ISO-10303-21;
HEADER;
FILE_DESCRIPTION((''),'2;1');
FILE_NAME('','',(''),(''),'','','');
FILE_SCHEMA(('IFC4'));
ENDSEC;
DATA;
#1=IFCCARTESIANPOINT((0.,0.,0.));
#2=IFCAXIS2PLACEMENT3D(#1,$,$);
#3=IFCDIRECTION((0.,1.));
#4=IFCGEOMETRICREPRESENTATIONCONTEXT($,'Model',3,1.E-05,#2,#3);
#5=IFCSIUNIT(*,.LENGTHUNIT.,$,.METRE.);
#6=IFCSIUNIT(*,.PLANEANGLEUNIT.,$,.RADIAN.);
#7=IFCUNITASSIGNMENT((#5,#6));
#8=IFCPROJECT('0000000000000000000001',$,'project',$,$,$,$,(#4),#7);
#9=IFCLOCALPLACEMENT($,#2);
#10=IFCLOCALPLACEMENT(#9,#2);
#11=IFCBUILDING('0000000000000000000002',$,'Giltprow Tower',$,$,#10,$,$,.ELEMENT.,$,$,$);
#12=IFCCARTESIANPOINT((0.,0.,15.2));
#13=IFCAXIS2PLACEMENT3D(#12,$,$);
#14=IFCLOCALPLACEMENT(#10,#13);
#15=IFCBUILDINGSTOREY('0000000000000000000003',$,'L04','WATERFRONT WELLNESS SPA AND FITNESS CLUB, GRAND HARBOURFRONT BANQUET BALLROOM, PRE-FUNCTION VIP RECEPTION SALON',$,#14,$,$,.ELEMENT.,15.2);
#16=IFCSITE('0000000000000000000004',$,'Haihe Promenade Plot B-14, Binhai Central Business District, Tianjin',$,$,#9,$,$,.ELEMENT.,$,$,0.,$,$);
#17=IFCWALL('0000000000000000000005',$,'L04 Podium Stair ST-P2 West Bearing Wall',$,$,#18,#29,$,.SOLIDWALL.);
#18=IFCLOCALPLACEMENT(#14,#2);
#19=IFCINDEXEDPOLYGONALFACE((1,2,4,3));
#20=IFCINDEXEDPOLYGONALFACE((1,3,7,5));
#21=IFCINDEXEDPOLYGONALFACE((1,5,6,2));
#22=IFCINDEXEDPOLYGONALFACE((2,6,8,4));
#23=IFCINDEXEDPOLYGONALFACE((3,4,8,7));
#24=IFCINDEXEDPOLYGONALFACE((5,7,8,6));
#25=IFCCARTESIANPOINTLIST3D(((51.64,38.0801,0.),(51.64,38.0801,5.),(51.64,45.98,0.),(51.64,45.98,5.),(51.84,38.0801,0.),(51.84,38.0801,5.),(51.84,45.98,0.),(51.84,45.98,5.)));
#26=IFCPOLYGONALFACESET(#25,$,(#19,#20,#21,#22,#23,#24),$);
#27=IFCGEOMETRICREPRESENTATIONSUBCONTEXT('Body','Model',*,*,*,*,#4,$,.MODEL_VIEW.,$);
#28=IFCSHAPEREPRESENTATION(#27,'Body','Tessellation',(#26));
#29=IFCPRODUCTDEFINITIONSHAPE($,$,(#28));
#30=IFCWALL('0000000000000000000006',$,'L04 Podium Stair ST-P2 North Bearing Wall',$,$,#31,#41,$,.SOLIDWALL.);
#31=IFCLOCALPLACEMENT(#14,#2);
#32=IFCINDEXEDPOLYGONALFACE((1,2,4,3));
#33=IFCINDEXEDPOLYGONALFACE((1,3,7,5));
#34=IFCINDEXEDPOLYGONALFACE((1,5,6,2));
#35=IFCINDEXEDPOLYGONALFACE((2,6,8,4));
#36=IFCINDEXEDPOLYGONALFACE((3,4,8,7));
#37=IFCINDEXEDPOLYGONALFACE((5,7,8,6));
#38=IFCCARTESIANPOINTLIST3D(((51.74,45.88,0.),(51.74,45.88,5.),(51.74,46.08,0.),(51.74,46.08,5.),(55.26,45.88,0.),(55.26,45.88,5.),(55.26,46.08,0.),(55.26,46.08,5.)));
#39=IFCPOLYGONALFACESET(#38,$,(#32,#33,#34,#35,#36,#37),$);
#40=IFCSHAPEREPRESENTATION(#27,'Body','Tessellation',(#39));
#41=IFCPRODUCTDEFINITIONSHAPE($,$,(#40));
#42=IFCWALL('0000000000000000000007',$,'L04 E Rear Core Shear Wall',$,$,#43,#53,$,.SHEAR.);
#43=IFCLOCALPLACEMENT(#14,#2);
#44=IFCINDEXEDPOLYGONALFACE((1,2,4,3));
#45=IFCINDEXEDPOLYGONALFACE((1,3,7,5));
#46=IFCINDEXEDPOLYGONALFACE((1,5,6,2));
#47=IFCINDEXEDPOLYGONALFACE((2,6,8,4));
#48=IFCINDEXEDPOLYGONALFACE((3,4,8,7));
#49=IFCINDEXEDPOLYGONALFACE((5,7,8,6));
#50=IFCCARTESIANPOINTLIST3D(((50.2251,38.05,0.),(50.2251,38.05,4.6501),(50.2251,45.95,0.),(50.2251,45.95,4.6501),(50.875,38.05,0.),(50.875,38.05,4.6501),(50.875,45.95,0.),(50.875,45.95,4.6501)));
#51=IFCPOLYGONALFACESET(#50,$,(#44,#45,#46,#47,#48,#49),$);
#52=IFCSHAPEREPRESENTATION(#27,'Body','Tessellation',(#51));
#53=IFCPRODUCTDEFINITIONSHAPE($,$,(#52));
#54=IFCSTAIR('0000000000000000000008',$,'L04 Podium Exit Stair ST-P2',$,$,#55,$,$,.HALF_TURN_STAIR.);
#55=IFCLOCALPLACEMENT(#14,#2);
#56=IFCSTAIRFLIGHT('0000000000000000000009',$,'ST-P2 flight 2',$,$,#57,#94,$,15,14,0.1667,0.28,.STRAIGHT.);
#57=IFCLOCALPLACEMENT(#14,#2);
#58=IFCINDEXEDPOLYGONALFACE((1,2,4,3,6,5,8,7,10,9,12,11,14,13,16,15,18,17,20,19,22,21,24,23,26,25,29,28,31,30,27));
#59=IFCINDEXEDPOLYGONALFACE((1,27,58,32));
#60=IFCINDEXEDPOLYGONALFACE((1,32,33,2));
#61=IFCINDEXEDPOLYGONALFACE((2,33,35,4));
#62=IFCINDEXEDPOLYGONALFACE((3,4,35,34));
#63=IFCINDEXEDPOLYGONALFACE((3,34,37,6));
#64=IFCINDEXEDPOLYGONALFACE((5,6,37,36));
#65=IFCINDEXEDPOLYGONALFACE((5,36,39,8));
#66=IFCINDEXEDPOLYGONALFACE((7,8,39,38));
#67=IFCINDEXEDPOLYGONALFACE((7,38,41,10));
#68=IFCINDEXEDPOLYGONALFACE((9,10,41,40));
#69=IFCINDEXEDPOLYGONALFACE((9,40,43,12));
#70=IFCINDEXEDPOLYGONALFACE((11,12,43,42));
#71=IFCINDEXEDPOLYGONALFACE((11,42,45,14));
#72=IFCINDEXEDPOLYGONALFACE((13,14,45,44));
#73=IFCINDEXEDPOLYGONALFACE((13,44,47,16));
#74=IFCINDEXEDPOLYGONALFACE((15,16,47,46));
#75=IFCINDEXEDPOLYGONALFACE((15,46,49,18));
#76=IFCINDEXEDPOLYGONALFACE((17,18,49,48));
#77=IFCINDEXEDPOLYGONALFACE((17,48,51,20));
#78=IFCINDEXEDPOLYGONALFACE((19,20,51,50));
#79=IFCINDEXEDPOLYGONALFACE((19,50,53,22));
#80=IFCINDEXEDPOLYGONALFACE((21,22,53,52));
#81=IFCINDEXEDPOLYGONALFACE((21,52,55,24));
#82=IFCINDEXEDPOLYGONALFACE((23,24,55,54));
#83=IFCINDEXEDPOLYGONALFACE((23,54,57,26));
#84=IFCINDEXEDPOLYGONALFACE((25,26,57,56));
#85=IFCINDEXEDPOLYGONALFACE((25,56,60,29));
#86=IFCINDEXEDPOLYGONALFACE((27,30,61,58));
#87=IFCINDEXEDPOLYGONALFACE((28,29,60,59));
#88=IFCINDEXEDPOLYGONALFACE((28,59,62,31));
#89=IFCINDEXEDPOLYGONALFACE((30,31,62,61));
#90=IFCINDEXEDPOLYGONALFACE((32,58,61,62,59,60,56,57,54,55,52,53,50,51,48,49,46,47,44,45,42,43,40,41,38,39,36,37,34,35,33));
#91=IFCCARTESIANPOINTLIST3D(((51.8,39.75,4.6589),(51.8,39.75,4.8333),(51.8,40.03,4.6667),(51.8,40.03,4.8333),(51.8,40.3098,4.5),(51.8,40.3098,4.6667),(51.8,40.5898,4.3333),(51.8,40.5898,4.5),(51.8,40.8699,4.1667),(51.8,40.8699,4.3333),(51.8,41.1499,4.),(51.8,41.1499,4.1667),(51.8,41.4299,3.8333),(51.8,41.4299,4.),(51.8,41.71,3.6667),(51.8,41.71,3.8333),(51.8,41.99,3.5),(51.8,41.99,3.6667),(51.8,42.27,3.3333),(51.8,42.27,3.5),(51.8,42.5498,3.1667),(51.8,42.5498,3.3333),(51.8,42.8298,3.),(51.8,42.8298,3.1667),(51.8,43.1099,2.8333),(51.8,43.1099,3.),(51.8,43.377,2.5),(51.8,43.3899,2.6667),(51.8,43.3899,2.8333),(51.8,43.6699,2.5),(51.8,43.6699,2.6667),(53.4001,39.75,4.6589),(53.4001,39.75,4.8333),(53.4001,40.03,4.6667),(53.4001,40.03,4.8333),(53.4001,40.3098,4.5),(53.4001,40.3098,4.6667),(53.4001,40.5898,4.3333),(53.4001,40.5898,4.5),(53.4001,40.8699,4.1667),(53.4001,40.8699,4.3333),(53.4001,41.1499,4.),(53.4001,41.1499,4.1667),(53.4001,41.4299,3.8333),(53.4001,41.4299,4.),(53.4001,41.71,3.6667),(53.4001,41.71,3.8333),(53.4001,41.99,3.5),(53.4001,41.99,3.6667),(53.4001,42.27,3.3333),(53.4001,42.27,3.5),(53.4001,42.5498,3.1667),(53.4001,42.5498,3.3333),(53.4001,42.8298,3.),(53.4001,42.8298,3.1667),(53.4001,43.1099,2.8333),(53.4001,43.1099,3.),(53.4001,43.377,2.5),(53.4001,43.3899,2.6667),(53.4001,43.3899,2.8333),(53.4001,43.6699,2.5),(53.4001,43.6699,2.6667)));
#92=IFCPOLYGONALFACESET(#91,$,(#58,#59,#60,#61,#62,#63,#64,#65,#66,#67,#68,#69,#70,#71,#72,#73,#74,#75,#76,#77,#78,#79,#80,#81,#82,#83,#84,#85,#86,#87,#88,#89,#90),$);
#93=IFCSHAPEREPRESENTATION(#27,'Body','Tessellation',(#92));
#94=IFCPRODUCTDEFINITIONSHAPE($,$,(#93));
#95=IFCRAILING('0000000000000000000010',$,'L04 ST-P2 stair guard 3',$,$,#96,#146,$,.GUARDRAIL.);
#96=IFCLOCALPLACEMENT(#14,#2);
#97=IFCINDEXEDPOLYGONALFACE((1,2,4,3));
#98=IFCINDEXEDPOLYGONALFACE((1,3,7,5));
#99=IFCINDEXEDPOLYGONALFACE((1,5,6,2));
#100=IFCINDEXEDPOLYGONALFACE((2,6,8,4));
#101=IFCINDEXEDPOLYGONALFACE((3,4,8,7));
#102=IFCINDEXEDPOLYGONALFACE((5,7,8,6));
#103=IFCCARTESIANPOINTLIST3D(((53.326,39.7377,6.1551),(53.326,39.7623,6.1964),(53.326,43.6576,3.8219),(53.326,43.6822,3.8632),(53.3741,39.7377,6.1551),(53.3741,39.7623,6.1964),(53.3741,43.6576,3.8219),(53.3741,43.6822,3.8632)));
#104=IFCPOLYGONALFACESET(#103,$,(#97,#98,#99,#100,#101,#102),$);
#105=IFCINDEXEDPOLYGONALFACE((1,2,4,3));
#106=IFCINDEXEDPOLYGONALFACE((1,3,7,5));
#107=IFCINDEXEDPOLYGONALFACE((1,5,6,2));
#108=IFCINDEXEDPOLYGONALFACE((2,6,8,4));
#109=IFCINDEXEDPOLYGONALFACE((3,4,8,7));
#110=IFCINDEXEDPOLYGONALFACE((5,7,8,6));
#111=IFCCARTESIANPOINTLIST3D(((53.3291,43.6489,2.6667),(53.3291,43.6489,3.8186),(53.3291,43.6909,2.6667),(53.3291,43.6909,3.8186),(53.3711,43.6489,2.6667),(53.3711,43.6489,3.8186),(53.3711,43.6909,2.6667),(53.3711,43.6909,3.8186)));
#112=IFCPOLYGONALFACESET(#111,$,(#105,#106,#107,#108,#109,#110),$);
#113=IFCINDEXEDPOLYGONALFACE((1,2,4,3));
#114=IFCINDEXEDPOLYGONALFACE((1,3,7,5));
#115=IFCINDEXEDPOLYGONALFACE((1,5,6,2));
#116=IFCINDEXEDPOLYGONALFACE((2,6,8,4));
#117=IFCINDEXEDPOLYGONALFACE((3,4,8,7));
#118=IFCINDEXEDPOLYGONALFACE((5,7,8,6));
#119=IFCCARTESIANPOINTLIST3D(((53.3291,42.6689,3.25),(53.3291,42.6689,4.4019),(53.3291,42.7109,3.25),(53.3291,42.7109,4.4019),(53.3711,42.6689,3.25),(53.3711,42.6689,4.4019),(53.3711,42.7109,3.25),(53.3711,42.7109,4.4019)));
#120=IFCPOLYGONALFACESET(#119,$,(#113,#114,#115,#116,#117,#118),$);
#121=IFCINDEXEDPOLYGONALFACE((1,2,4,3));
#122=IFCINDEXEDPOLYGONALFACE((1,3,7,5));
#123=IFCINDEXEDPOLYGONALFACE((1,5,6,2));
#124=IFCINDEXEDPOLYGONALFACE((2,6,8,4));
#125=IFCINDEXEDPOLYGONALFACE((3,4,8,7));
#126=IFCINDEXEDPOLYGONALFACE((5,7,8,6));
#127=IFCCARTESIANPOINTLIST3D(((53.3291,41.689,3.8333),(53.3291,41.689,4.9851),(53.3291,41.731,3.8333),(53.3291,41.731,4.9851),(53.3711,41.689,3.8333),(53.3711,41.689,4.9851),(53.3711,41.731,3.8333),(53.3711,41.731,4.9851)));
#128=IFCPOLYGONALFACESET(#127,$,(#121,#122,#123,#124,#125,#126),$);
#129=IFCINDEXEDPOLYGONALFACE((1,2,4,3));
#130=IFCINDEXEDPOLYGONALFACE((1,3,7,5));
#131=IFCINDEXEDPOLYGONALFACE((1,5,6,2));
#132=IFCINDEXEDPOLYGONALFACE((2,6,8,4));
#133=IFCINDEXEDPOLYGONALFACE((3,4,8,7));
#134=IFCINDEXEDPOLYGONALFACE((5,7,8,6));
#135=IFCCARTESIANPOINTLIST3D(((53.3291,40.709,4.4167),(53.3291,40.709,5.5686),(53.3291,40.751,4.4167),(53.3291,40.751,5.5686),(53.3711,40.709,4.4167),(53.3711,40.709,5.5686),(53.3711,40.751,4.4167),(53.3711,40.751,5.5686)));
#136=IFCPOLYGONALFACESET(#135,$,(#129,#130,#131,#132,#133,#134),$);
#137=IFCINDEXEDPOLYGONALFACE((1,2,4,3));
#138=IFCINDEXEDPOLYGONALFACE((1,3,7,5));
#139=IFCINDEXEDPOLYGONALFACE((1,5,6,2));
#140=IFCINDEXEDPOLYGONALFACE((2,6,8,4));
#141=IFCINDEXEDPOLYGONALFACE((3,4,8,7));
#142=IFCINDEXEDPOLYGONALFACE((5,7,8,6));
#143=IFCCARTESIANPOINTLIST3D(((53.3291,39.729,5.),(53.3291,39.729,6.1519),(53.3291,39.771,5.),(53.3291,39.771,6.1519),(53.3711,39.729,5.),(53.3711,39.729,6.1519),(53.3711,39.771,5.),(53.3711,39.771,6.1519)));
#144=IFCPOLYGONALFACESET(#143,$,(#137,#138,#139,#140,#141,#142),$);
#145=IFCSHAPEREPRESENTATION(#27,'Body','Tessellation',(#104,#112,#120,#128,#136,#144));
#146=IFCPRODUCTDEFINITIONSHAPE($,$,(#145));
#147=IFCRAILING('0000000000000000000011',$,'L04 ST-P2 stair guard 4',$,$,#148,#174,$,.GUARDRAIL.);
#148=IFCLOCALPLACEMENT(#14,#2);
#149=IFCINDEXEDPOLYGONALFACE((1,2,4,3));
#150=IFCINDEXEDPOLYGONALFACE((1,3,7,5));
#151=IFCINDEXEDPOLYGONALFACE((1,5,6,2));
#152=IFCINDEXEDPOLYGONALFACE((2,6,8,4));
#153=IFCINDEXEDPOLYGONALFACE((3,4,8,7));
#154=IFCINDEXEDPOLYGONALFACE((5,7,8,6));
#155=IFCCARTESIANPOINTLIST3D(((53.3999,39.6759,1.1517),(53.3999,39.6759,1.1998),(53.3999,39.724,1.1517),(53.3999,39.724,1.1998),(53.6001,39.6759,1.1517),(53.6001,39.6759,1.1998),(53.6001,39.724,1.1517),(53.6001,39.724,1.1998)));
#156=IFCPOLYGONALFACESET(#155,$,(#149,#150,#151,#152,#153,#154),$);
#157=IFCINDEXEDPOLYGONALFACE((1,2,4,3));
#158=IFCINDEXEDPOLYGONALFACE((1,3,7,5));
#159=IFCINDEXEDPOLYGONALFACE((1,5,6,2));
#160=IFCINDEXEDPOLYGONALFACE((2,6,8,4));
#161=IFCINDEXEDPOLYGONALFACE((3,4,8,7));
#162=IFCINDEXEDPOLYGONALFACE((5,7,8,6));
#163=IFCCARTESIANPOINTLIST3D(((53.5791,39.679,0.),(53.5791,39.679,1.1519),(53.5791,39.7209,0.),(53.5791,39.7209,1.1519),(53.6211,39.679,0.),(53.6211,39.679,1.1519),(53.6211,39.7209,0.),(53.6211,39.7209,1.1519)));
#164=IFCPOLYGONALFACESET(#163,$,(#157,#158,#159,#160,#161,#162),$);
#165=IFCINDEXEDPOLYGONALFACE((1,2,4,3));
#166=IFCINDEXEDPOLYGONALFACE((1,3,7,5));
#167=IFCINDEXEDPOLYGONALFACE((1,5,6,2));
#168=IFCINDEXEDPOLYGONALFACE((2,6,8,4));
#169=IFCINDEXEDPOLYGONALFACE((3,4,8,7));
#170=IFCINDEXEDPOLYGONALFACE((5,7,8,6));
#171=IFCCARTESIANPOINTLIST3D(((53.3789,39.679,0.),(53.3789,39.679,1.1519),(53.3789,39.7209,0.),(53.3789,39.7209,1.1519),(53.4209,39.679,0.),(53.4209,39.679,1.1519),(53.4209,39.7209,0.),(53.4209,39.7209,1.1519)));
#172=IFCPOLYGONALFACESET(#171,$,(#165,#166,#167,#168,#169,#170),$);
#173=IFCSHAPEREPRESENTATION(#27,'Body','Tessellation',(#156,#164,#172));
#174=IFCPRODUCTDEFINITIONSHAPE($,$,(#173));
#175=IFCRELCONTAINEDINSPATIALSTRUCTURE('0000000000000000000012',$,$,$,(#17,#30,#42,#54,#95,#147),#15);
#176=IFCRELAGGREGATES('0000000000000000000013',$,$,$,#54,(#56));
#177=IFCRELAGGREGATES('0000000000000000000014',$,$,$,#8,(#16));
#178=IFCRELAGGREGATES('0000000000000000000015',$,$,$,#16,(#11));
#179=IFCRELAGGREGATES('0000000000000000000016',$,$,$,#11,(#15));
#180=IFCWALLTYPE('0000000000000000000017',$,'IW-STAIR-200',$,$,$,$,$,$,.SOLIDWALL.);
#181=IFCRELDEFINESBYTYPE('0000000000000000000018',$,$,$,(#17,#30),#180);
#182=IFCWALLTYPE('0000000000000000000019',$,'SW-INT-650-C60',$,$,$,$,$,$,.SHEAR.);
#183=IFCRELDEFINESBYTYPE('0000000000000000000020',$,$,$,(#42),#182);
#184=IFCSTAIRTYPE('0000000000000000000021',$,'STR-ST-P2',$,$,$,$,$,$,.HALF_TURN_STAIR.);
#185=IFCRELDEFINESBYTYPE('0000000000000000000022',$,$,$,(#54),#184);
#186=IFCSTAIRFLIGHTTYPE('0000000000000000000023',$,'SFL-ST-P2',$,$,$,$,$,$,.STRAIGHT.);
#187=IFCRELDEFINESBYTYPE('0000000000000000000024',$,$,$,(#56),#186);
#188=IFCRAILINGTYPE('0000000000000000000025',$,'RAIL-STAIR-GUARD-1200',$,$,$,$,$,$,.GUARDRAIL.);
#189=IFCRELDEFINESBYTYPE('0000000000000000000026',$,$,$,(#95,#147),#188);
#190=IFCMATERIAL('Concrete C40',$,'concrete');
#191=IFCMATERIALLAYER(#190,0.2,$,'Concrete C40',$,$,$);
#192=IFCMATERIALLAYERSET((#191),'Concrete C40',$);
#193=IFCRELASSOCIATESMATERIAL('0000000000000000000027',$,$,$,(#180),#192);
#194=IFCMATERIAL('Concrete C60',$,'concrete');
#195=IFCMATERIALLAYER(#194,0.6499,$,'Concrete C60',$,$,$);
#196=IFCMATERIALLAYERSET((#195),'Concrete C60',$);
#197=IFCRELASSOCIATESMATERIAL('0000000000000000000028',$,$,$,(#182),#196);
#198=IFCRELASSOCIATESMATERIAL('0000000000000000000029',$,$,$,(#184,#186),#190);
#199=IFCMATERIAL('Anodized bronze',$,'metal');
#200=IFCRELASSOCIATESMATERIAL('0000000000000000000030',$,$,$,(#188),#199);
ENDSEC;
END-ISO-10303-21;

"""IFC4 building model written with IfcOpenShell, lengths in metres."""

from ifc_helpers import new_model, si_unit, direction, frame, frame_2d, origin, origin_2d, place, context, subcontext, project, spatial, polyline, rectangle, outline, extrude, material, layer, layer_set, type_object, element, aggregate, save


model = new_model("IFC4")

# Units and contexts
model_context = context("Model", 3, precision=1e-05, world=origin(), true_north=direction((0.0, 1.0)))
body_context = subcontext(model_context, "Body", "Model", "MODEL_VIEW")
ifc_project = project(units=[si_unit("LENGTHUNIT", "METRE"), si_unit("PLANEANGLEUNIT", "RADIAN")], contexts=[model_context])

# Site, building, storey
site_placement = place(None, origin())
site = spatial("IfcSite", under=ifc_project, at=site_placement, Name="Haihe Promenade Plot B-14, Binhai Central Business District, Tianjin", CompositionType="ELEMENT", RefElevation=0.0)
building_placement = place(site_placement, origin())
building = spatial("IfcBuilding", under=site, at=building_placement, Name="Giltprow Tower", CompositionType="ELEMENT")
storey_placement = place(building_placement, frame((0.0, 0.0, 15.2)))
storey = spatial("IfcBuildingStorey", under=building, at=storey_placement, Name="L04", Description="WATERFRONT WELLNESS SPA AND FITNESS CLUB, GRAND HARBOURFRONT BANQUET BALLROOM, PRE-FUNCTION VIP RECEPTION SALON", CompositionType="ELEMENT", Elevation=15.2)

# Shared definitions
ifc_material_1 = material(Name="Concrete C60", Category="concrete")

# Shared definitions
ifc_material_2 = material(Name="Concrete C40", Category="concrete")

# Walls
ifc_layer_1 = layer(ifc_material_2, 0.2, Name="Concrete C40")
ifc_layer_set_1 = layer_set([ifc_layer_1], Name="Concrete C40")
wall_type_1 = type_object("IfcWallType", Name="IW-STAIR-200", PredefinedType="SOLIDWALL", material=ifc_layer_set_1)
wall_1_placement = place(storey_placement, frame((51.74, 38.0801, 0.0), z_axis=(0.0, 0.0, 1.0), x_axis=(0.0, 1.0, 0.0)))
element("IfcWall", 1, at=wall_1_placement, inside=storey, type_object=wall_type_1, Name="L04 Podium Stair ST-P2 West Bearing Wall", PredefinedType="SOLIDWALL", context=body_context, shape_type="SweptSolid", body=[
    extrude(rectangle(XDim=7.8999, YDim=0.2, at=frame_2d((3.95, 0.0))), origin(), (0.0, 0.0, 1.0), 5.0),
])
wall_2_placement = place(storey_placement, frame((51.74, 45.98, 0.0), z_axis=(0.0, 0.0, 1.0), x_axis=(1.0, 0.0, 0.0)))
element("IfcWall", 2, at=wall_2_placement, inside=storey, type_object=wall_type_1, Name="L04 Podium Stair ST-P2 North Bearing Wall", PredefinedType="SOLIDWALL", context=body_context, shape_type="SweptSolid", body=[
    extrude(rectangle(XDim=3.52, YDim=0.2, at=frame_2d((1.76, 0.0))), origin(), (0.0, 0.0, 1.0), 5.0),
])

# Wall
ifc_layer_2 = layer(ifc_material_1, 0.6499, Name="Concrete C60")
ifc_layer_set_2 = layer_set([ifc_layer_2], Name="Concrete C60")
wall_type_2 = type_object("IfcWallType", Name="SW-INT-650-C60", PredefinedType="SHEAR", material=ifc_layer_set_2)
wall_3_placement = place(storey_placement, frame((50.55, 38.05, 0.0), z_axis=(0.0, 0.0, 1.0), x_axis=(0.0, 1.0, 0.0)))
element("IfcWall", 3, at=wall_3_placement, inside=storey, type_object=wall_type_2, Name="L04 E Rear Core Shear Wall", PredefinedType="SHEAR", context=body_context, shape_type="SweptSolid", body=[
    extrude(rectangle(XDim=7.8999, YDim=0.6499, at=frame_2d((3.95, 0.0))), origin(), (0.0, 0.0, 1.0), 4.6501),
])

# Stair, stair flight
stair_type = type_object("IfcStairType", Name="STR-ST-P2", PredefinedType="HALF_TURN_STAIR", material=ifc_material_2)
stair_placement = place(storey_placement, origin())
stair = element("IfcStair", 4, at=stair_placement, inside=storey, type_object=stair_type, Name="L04 Podium Exit Stair ST-P2", PredefinedType="HALF_TURN_STAIR")
stair_flight_type = type_object("IfcStairFlightType", Name="SFL-ST-P2", PredefinedType="STRAIGHT", material=ifc_material_2)
stair_flight_placement = place(storey_placement, frame((52.6001, 43.6699, 2.5), z_axis=(0.0, 0.0, 1.0), x_axis=(0.0, -1.0, 0.0)))
stair_flight = element("IfcStairFlight", 5, at=stair_flight_placement, type_object=stair_flight_type, Name="ST-P2 flight 2", NumberOfRisers=15, NumberOfTreads=14, PredefinedType="STRAIGHT", RiserHeight=0.1667, TreadLength=0.28, context=body_context, shape_type="SweptSolid", body=[
    extrude(outline(polyline([(0.0, 0.0), (0.0, 0.1667), (0.28, 0.1667), (0.28, 0.3333), (0.5601, 0.3333), (0.5601, 0.5), (0.8401, 0.5), (0.8401, 0.6667), (1.1201, 0.6667), (1.1201, 0.8333), (1.3999, 0.8333), (1.3999, 1.0), (1.6799, 1.0), (1.6799, 1.1667), (1.96, 1.1667), (1.96, 1.3333), (2.24, 1.3333), (2.24, 1.5), (2.52, 1.5), (2.52, 1.6667), (2.8, 1.6667), (2.8, 1.8333), (3.0801, 1.8333), (3.0801, 2.0), (3.3601, 2.0), (3.3601, 2.1667), (3.6399, 2.1667), (3.6399, 2.3333), (3.9199, 2.3333), (3.9199, 2.5), (3.9199, 2.1589), (0.293, 0.0), (0.0, 0.0)])), frame((0.0, 0.8, 0.0), z_axis=(0.0, -1.0, 0.0), x_axis=(1.0, 0.0, 0.0)), (0.0, 0.0, 1.0), 1.6001),
])
aggregate(stair, [stair_flight])

# Railings
ifc_material_3 = material(Name="Anodized bronze", Category="metal")
railing_type_1 = type_object("IfcRailingType", Name="RAIL-STAIR-GUARD-1200", PredefinedType="GUARDRAIL", material=ifc_material_3)
railing_1_placement = place(storey_placement, frame((53.3501, 43.6699, 2.6667)))
element("IfcRailing", 6, at=railing_1_placement, inside=storey, type_object=railing_type_1, Name="L04 ST-P2 stair guard 3", PredefinedType="GUARDRAIL", context=body_context, shape_type="SweptSolid", body=[
    extrude(rectangle(XDim=0.0481, YDim=0.0481, at=origin_2d()), frame((0.0, 0.0, 1.1758), z_axis=(0.0, -0.859296, 0.511478), x_axis=(1.0, 0.0, 0.0)), (0.0, 0.0, 1.0), 4.5618),
    extrude(rectangle(XDim=0.042, YDim=0.042, at=origin_2d()), origin(), (0.0, 0.0, 1.0), 1.1519),
    extrude(rectangle(XDim=0.042, YDim=0.042, at=origin_2d()), frame((0.0, -0.98, 0.5833)), (0.0, 0.0, 1.0), 1.1519),
    extrude(rectangle(XDim=0.042, YDim=0.042, at=origin_2d()), frame((0.0, -1.96, 1.1665)), (0.0, 0.0, 1.0), 1.1519),
    extrude(rectangle(XDim=0.042, YDim=0.042, at=origin_2d()), frame((0.0, -2.9399, 1.75)), (0.0, 0.0, 1.0), 1.1519),
    extrude(rectangle(XDim=0.042, YDim=0.042, at=origin_2d()), frame((0.0, -3.9199, 2.3333)), (0.0, 0.0, 1.0), 1.1519),
])
railing_2_placement = place(storey_placement, frame((53.6001, 39.7, 0.0)))
element("IfcRailing", 7, at=railing_2_placement, inside=storey, type_object=railing_type_1, Name="L04 ST-P2 stair guard 4", PredefinedType="GUARDRAIL", context=body_context, shape_type="SweptSolid", body=[
    extrude(rectangle(XDim=0.0481, YDim=0.0481, at=origin_2d()), frame((0.0, 0.0, 1.1758), z_axis=(-1.0, 0.0, 0.0), x_axis=(0.0, -1.0, 0.0)), (0.0, 0.0, 1.0), 0.2002),
    extrude(rectangle(XDim=0.042, YDim=0.042, at=origin_2d()), origin(), (0.0, 0.0, 1.0), 1.1519),
    extrude(rectangle(XDim=0.042, YDim=0.042, at=origin_2d()), frame((-0.2002, 0.0, 0.0)), (0.0, 0.0, 1.0), 1.1519),
])

save(model, "model.ifc")
